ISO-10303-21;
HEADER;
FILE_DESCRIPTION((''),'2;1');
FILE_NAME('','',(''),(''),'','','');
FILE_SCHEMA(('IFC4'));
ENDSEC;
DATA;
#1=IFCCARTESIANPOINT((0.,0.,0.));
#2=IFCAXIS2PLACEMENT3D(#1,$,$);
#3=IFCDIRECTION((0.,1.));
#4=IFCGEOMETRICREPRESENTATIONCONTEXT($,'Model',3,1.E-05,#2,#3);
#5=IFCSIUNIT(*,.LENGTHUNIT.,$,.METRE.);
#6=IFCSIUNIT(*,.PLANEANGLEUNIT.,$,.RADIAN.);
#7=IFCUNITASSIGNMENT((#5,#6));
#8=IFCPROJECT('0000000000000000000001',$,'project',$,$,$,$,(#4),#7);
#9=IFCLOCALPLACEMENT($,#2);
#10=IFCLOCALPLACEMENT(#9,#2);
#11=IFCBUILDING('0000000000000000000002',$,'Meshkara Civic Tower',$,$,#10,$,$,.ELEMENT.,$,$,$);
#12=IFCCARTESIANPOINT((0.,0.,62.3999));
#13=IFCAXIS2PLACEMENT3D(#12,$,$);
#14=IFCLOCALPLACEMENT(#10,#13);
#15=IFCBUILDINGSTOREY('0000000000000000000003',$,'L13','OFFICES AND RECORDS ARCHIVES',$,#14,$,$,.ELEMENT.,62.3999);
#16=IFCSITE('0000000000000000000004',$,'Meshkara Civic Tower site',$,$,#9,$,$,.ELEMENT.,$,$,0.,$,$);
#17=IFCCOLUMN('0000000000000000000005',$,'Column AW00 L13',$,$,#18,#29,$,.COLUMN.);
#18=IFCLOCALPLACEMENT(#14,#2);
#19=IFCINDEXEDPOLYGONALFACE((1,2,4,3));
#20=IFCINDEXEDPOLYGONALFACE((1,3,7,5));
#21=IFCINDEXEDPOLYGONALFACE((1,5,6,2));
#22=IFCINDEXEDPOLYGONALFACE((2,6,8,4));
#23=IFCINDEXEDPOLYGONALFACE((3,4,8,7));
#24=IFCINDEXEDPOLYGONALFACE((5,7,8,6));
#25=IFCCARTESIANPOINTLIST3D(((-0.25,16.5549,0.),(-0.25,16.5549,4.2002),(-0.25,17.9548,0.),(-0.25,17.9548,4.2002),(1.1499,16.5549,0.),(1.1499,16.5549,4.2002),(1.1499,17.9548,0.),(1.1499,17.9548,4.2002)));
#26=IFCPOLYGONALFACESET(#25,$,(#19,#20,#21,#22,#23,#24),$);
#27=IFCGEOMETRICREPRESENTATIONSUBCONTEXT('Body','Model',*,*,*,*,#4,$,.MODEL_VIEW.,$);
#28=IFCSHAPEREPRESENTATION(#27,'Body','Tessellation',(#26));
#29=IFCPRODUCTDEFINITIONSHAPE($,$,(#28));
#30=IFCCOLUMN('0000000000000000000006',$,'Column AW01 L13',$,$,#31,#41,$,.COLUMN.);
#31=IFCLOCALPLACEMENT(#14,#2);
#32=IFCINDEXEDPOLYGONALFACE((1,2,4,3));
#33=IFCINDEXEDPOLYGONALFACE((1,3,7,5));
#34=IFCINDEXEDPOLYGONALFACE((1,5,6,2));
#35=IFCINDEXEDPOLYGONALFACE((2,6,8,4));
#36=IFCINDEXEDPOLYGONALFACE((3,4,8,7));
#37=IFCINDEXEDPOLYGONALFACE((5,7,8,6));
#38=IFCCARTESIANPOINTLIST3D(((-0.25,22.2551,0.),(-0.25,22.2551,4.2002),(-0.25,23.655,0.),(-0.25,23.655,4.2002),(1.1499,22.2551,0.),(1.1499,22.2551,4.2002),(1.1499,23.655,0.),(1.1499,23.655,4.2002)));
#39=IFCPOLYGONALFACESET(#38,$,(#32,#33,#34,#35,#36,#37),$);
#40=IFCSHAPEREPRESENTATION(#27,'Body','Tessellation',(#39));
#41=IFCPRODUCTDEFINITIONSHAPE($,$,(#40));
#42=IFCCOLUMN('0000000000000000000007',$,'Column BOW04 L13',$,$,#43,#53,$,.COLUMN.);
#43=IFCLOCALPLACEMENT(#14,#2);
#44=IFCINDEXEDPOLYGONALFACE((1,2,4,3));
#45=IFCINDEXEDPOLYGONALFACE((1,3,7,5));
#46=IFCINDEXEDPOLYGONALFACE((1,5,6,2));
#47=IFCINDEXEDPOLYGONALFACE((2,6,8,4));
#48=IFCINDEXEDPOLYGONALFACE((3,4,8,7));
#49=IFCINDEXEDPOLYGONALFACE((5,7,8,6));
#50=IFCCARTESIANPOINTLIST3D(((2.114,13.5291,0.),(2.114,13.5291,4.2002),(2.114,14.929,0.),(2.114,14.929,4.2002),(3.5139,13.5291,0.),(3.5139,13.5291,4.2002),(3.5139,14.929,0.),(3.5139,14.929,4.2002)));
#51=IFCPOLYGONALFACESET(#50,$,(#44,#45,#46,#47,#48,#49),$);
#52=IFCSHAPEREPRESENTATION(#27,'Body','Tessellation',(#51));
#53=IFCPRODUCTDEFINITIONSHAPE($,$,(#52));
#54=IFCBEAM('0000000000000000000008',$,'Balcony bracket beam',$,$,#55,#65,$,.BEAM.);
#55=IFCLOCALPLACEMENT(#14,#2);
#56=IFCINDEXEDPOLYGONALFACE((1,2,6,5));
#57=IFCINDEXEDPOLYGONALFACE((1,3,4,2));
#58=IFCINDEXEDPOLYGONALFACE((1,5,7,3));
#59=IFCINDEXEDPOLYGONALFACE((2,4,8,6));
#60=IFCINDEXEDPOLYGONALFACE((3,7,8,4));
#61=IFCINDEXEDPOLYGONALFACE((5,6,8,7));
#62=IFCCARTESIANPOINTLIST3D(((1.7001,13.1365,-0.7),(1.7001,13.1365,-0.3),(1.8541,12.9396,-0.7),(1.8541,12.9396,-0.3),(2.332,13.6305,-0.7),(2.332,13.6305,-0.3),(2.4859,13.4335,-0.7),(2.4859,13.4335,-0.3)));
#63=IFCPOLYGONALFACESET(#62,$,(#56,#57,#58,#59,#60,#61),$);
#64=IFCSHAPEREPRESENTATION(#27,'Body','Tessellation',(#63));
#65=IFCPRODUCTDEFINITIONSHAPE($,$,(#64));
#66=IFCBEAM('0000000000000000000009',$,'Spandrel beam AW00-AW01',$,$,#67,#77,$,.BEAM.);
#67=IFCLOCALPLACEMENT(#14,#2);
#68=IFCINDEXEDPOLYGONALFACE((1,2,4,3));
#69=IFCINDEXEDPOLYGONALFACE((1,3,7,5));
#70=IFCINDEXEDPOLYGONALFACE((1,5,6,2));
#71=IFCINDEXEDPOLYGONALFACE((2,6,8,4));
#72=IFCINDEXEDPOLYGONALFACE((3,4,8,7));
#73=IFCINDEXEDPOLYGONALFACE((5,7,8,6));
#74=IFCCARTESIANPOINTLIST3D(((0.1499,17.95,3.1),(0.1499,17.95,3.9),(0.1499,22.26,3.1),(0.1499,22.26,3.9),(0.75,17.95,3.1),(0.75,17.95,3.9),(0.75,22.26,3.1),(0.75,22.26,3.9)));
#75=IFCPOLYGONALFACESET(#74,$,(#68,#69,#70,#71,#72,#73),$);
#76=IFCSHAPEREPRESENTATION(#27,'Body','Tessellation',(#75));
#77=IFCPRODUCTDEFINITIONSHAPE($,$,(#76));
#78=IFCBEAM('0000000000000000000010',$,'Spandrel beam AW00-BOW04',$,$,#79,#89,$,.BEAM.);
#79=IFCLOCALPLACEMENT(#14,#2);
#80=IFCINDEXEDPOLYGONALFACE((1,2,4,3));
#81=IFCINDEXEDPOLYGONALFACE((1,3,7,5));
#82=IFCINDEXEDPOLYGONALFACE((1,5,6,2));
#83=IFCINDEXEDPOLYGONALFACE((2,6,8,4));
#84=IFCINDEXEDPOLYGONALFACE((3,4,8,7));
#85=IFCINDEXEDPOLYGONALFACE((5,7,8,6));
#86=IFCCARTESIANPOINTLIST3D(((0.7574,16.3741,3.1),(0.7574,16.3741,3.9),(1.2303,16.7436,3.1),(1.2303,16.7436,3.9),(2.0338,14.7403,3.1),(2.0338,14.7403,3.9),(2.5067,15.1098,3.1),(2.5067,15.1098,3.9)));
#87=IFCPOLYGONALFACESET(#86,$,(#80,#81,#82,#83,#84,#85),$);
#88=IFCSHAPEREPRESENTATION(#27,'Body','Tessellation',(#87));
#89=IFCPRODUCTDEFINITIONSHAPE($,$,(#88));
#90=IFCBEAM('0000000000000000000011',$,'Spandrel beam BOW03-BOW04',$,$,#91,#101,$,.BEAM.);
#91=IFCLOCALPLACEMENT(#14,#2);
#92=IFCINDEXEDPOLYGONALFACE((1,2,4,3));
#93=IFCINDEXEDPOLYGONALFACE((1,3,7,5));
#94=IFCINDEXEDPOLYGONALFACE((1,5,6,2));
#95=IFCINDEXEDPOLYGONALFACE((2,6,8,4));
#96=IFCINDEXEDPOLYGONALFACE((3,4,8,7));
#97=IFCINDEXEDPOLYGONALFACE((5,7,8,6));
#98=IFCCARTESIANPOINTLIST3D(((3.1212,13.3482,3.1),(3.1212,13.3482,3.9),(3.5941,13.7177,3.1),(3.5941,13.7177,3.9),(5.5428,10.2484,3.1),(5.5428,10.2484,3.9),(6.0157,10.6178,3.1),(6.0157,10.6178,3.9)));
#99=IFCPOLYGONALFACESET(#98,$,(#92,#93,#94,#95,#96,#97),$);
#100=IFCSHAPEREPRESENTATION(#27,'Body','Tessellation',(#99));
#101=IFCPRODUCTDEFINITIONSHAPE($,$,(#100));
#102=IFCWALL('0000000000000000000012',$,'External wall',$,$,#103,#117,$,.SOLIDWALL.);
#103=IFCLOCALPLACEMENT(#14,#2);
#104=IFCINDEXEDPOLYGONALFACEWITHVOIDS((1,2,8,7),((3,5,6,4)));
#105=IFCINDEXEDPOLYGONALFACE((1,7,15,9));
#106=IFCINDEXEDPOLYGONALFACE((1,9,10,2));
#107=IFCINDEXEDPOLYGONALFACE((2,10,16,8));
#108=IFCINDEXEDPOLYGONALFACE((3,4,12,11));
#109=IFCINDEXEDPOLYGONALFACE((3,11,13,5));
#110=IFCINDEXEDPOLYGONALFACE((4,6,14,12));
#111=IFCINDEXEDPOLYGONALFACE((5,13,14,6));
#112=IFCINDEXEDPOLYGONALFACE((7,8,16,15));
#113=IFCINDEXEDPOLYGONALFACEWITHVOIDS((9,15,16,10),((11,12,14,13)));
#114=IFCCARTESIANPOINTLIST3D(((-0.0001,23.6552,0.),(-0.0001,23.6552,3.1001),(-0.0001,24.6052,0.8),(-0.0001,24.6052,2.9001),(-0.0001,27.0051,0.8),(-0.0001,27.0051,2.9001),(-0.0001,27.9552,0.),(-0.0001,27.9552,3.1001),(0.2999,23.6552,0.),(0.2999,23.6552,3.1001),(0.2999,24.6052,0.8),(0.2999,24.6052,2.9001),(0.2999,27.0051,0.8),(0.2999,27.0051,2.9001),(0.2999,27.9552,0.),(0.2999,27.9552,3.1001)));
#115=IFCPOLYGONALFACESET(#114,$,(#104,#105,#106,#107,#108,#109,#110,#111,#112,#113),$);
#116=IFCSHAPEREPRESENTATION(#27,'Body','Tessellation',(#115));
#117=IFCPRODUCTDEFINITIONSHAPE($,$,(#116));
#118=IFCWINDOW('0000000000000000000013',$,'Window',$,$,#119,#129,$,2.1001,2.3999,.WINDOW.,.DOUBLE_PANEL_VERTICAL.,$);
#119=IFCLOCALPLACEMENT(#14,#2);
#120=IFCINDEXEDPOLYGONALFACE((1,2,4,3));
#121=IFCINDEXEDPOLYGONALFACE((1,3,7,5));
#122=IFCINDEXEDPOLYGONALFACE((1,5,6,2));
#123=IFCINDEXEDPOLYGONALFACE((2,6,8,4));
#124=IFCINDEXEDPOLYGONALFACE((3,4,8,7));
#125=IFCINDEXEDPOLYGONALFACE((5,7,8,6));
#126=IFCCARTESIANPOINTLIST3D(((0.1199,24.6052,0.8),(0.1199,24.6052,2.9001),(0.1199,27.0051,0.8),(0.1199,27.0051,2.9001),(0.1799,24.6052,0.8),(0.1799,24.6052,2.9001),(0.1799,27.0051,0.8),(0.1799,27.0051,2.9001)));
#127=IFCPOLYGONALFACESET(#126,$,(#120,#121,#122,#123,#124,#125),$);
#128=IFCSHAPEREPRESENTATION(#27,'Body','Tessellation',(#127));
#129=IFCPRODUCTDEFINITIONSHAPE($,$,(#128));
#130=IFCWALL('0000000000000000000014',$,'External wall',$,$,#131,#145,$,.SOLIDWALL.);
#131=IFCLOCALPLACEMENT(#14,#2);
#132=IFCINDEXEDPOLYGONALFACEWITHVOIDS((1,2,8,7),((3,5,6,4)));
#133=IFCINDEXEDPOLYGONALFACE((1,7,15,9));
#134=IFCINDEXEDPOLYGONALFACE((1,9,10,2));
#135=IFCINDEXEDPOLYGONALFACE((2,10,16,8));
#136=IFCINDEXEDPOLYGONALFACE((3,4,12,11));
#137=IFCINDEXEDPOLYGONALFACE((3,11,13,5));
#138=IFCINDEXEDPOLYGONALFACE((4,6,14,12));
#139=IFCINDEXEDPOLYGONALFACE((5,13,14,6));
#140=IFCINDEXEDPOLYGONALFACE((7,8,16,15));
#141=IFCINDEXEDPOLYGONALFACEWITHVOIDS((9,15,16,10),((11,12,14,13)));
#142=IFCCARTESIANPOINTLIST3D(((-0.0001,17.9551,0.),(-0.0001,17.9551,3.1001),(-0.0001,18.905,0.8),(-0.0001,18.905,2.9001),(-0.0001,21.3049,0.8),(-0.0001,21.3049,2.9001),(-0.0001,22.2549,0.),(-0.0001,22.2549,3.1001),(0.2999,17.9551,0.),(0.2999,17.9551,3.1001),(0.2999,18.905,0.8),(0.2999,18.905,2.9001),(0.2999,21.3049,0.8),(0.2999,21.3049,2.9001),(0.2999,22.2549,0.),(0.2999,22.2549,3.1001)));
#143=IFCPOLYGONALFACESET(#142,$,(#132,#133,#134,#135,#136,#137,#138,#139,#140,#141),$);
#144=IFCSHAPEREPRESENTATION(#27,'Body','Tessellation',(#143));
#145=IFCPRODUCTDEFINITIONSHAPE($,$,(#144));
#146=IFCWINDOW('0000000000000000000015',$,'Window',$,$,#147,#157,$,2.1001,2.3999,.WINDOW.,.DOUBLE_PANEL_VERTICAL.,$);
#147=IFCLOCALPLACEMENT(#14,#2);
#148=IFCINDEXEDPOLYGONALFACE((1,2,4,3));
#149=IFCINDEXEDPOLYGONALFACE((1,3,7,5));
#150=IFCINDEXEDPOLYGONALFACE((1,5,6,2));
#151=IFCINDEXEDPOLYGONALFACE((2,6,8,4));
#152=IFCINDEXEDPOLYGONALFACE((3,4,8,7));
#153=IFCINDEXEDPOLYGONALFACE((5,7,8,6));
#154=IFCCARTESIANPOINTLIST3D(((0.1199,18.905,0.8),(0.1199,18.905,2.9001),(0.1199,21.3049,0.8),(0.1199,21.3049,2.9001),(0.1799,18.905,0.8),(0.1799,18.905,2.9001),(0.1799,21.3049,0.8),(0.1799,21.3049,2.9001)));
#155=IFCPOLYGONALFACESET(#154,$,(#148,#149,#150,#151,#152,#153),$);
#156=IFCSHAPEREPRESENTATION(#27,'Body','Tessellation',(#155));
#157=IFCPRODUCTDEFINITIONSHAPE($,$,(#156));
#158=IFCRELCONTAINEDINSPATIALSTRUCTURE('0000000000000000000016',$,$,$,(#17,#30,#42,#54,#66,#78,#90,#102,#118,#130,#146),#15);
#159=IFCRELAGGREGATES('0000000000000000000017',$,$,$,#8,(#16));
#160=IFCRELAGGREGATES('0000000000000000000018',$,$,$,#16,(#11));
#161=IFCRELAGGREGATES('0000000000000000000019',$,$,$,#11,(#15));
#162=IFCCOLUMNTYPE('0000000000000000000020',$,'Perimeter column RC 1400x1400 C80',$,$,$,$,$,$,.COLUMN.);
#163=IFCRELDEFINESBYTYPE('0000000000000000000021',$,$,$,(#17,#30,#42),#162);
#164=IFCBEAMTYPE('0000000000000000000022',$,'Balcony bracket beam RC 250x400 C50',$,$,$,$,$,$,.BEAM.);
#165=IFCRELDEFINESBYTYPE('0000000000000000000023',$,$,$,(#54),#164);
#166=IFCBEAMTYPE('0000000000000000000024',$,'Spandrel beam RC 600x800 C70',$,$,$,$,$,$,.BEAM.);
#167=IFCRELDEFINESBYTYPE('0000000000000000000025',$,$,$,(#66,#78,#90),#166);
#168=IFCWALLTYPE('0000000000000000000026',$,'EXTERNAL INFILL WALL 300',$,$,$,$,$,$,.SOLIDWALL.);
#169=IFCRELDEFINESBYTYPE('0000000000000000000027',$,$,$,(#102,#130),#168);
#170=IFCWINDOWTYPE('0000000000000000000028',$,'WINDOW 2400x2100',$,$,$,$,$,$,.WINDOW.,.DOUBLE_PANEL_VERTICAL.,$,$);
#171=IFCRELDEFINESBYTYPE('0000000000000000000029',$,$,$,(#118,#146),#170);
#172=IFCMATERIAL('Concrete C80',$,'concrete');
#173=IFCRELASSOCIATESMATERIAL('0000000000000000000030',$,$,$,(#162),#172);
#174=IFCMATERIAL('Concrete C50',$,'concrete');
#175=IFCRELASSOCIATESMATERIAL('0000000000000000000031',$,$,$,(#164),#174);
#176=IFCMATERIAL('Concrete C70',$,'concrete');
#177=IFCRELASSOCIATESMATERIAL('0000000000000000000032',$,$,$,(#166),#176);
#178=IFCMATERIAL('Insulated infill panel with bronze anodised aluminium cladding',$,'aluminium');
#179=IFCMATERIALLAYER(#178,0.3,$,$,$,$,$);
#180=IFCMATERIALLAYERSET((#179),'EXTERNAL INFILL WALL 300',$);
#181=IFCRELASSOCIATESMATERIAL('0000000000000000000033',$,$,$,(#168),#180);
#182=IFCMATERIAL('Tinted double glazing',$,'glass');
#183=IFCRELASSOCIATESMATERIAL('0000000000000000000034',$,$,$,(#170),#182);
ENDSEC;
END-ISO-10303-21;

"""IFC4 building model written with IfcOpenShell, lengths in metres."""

from ifc_helpers import new_model, si_unit, direction, frame, frame_2d, origin, origin_2d, place, context, subcontext, project, spatial, rectangle, extrude, material, layer, layer_set, material_profile, profile_set, type_object, element, fill, save


model = new_model("IFC4")

# Units and contexts
model_context = context("Model", 3, precision=1e-05, world=origin(), true_north=direction((0.0, 1.0)))
body_context = subcontext(model_context, "Body", "Model", "MODEL_VIEW")
ifc_project = project(units=[si_unit("LENGTHUNIT", "METRE"), si_unit("PLANEANGLEUNIT", "RADIAN")], contexts=[model_context])

# Site, building, storey
site_placement = place(None, origin())
site = spatial("IfcSite", under=ifc_project, at=site_placement, Name="Meshkara Civic Tower site", CompositionType="ELEMENT", RefElevation=0.0)
building_placement = place(site_placement, origin())
building = spatial("IfcBuilding", under=site, at=building_placement, Name="Meshkara Civic Tower", CompositionType="ELEMENT")
storey_placement = place(building_placement, frame((0.0, 0.0, 62.3999)))
storey = spatial("IfcBuildingStorey", under=building, at=storey_placement, Name="L13", Description="OFFICES AND RECORDS ARCHIVES", CompositionType="ELEMENT", Elevation=62.3999)

# Columns
ifc_material_1 = material(Name="Concrete C80", Category="concrete")
ifc_material_profile_1 = material_profile(ifc_material_1, rectangle(XDim=1.3999, YDim=1.3999, at=origin_2d()))
ifc_profile_set_1 = profile_set([ifc_material_profile_1], Name="Concrete C80")
column_type = type_object("IfcColumnType", Name="Perimeter column RC 1400x1400 C80", PredefinedType="COLUMN", material=ifc_profile_set_1)
for number, where, z_axis, x_axis, name in (
    (1, (0.45, 17.2549, 0.0), (0.0, 0.0, 1.0), (1.0, 0.0, 0.0), "Column AW00 L13"),
    (2, (0.45, 22.9551, 0.0), (0.0, 0.0, 1.0), (1.0, 0.0, 0.0), "Column AW01 L13"),
    (3, (2.814, 14.229, 0.0), (0.0, 0.0, 1.0), (1.0, 0.0, 0.0), "Column BOW04 L13"),
):
    element("IfcColumn", number, at=place(storey_placement, frame(where, z_axis=z_axis, x_axis=x_axis)), inside=storey, type_object=column_type, Name=name, PredefinedType="COLUMN", context=body_context, shape_type="SweptSolid", body=[
        extrude(rectangle(XDim=1.3999, YDim=1.3999, at=origin_2d()), origin(), (0.0, 0.0, 1.0), 4.2002),
    ])

# Beams
ifc_material_2 = material(Name="Concrete C50", Category="concrete")
ifc_material_profile_2 = material_profile(ifc_material_2, rectangle(XDim=0.25, YDim=0.3999, at=origin_2d()))
ifc_profile_set_2 = profile_set([ifc_material_profile_2], Name="Concrete C50")
beam_type_1 = type_object("IfcBeamType", Name="Balcony bracket beam RC 250x400 C50", PredefinedType="BEAM", material=ifc_profile_set_2)
beam_1_placement = place(storey_placement, frame((2.4089, 13.532, -0.5), z_axis=(-0.787858, -0.615857, 0.0), x_axis=(0.615857, -0.787858, 0.0)))
element("IfcBeam", 4, at=beam_1_placement, inside=storey, type_object=beam_type_1, Name="Balcony bracket beam", PredefinedType="BEAM", context=body_context, shape_type="SweptSolid", body=[
    extrude(rectangle(XDim=0.25, YDim=0.3999, at=origin_2d()), origin(), (0.0, 0.0, 1.0), 0.802),
])
ifc_material_3 = material(Name="Concrete C70", Category="concrete")
ifc_material_profile_3 = material_profile(ifc_material_3, rectangle(XDim=0.6001, YDim=0.8, at=origin_2d()))
ifc_profile_set_3 = profile_set([ifc_material_profile_3], Name="Concrete C70")
beam_type_2 = type_object("IfcBeamType", Name="Spandrel beam RC 600x800 C70", PredefinedType="BEAM", material=ifc_profile_set_3)
beam_2_placement = place(storey_placement, frame((0.45, 22.26, 3.5), z_axis=(0.0, -1.0, 0.0), x_axis=(1.0, 0.0, 0.0)))
element("IfcBeam", 5, at=beam_2_placement, inside=storey, type_object=beam_type_2, Name="Spandrel beam AW00-AW01", PredefinedType="BEAM", context=body_context, shape_type="SweptSolid", body=[
    extrude(rectangle(XDim=0.6001, YDim=0.8, at=origin_2d()), origin(), (0.0, 0.0, 1.0), 4.3101),
])
beam_3_placement = place(storey_placement, frame((0.9939, 16.5588, 3.5), z_axis=(0.615635, -0.788032, 0.0), x_axis=(0.788032, 0.615635, 0.0)))
element("IfcBeam", 6, at=beam_3_placement, inside=storey, type_object=beam_type_2, Name="Spandrel beam AW00-BOW04", PredefinedType="BEAM", context=body_context, shape_type="SweptSolid", body=[
    extrude(rectangle(XDim=0.6001, YDim=0.8, at=origin_2d()), origin(), (0.0, 0.0, 1.0), 2.0732),
])
beam_4_placement = place(storey_placement, frame((3.3577, 13.533, 3.5), z_axis=(0.615624, -0.78804, 0.0), x_axis=(0.78804, 0.615624, 0.0)))
element("IfcBeam", 7, at=beam_4_placement, inside=storey, type_object=beam_type_2, Name="Spandrel beam BOW03-BOW04", PredefinedType="BEAM", context=body_context, shape_type="SweptSolid", body=[
    extrude(rectangle(XDim=0.6001, YDim=0.8, at=origin_2d()), origin(), (0.0, 0.0, 1.0), 3.9336),
])

# Walls, openings, windows
ifc_material_4 = material(Name="Insulated infill panel with bronze anodised aluminium cladding", Category="aluminium")
ifc_layer = layer(ifc_material_4, 0.3)
ifc_layer_set = layer_set([ifc_layer], Name="EXTERNAL INFILL WALL 300")
wall_type = type_object("IfcWallType", Name="EXTERNAL INFILL WALL 300", PredefinedType="SOLIDWALL", material=ifc_layer_set)
wall_1_placement = place(storey_placement, frame((0.1499, 27.9551, 0.0), z_axis=(0.0, 0.0, 1.0), x_axis=(0.0, -1.0, 0.0)))
wall_1 = element("IfcWall", 8, at=wall_1_placement, inside=storey, type_object=wall_type, Name="External wall", PredefinedType="SOLIDWALL", context=body_context, shape_type="SweptSolid", body=[
    extrude(rectangle(XDim=4.3, YDim=0.3, at=frame_2d((2.1499, 0.0))), origin(), (0.0, 0.0, 1.0), 3.1001),
])
opening_1_placement = place(wall_1_placement, frame((0.95, 0.0, 0.8)))
opening_1 = element("IfcOpeningElement", 9, at=opening_1_placement, cuts=wall_1, PredefinedType="OPENING", context=body_context, shape_type="SweptSolid", body=[
    extrude(rectangle(XDim=2.3999, YDim=2.1001, at=frame_2d((1.2, 1.05))), frame((0.0, 0.1599, 0.0), z_axis=(0.0, -1.0, 0.0), x_axis=(1.0, 0.0, 0.0)), (0.0, 0.0, 1.0), 0.3201),
])
ifc_material_5 = material(Name="Tinted double glazing", Category="glass")
window_type_1 = type_object("IfcWindowType", Name="WINDOW 2400x2100", PartitioningType="DOUBLE_PANEL_VERTICAL", PredefinedType="WINDOW", material=ifc_material_5)
window_1_placement = place(opening_1_placement, origin())
window_1 = element("IfcWindow", 10, at=window_1_placement, inside=storey, type_object=window_type_1, Name="Window", OverallHeight=2.1001, OverallWidth=2.3999, PartitioningType="DOUBLE_PANEL_VERTICAL", PredefinedType="WINDOW", context=body_context, shape_type="SweptSolid", body=[
    extrude(rectangle(XDim=2.3999, YDim=2.1001, at=frame_2d((1.2, 1.05))), frame((0.0, 0.03, 0.0), z_axis=(0.0, -1.0, 0.0), x_axis=(1.0, 0.0, 0.0)), (0.0, 0.0, 1.0), 0.0601),
])
fill(opening_1, window_1)
wall_2_placement = place(storey_placement, frame((0.1499, 22.2549, 0.0), z_axis=(0.0, 0.0, 1.0), x_axis=(0.0, -1.0, 0.0)))
wall_2 = element("IfcWall", 11, at=wall_2_placement, inside=storey, type_object=wall_type, Name="External wall", PredefinedType="SOLIDWALL", context=body_context, shape_type="SweptSolid", body=[
    extrude(rectangle(XDim=4.2998, YDim=0.3, at=frame_2d((2.1499, 0.0))), origin(), (0.0, 0.0, 1.0), 3.1001),
])
opening_2_placement = place(wall_2_placement, frame((0.95, 0.0, 0.8)))
opening_2 = element("IfcOpeningElement", 12, at=opening_2_placement, cuts=wall_2, PredefinedType="OPENING", context=body_context, shape_type="SweptSolid", body=[
    extrude(rectangle(XDim=2.3999, YDim=2.1001, at=frame_2d((1.2, 1.05))), frame((0.0, 0.1599, 0.0), z_axis=(0.0, -1.0, 0.0), x_axis=(1.0, 0.0, 0.0)), (0.0, 0.0, 1.0), 0.3201),
])
window_2_placement = place(opening_2_placement, origin())
window_2 = element("IfcWindow", 13, at=window_2_placement, inside=storey, type_object=window_type_1, Name="Window", OverallHeight=2.1001, OverallWidth=2.3999, PartitioningType="DOUBLE_PANEL_VERTICAL", PredefinedType="WINDOW", context=body_context, shape_type="SweptSolid", body=[
    extrude(rectangle(XDim=2.3999, YDim=2.1001, at=frame_2d((1.2, 1.05))), frame((0.0, 0.03, 0.0), z_axis=(0.0, -1.0, 0.0), x_axis=(1.0, 0.0, 0.0)), (0.0, 0.0, 1.0), 0.0601),
])
fill(opening_2, window_2)

save(model, "model.ifc")
